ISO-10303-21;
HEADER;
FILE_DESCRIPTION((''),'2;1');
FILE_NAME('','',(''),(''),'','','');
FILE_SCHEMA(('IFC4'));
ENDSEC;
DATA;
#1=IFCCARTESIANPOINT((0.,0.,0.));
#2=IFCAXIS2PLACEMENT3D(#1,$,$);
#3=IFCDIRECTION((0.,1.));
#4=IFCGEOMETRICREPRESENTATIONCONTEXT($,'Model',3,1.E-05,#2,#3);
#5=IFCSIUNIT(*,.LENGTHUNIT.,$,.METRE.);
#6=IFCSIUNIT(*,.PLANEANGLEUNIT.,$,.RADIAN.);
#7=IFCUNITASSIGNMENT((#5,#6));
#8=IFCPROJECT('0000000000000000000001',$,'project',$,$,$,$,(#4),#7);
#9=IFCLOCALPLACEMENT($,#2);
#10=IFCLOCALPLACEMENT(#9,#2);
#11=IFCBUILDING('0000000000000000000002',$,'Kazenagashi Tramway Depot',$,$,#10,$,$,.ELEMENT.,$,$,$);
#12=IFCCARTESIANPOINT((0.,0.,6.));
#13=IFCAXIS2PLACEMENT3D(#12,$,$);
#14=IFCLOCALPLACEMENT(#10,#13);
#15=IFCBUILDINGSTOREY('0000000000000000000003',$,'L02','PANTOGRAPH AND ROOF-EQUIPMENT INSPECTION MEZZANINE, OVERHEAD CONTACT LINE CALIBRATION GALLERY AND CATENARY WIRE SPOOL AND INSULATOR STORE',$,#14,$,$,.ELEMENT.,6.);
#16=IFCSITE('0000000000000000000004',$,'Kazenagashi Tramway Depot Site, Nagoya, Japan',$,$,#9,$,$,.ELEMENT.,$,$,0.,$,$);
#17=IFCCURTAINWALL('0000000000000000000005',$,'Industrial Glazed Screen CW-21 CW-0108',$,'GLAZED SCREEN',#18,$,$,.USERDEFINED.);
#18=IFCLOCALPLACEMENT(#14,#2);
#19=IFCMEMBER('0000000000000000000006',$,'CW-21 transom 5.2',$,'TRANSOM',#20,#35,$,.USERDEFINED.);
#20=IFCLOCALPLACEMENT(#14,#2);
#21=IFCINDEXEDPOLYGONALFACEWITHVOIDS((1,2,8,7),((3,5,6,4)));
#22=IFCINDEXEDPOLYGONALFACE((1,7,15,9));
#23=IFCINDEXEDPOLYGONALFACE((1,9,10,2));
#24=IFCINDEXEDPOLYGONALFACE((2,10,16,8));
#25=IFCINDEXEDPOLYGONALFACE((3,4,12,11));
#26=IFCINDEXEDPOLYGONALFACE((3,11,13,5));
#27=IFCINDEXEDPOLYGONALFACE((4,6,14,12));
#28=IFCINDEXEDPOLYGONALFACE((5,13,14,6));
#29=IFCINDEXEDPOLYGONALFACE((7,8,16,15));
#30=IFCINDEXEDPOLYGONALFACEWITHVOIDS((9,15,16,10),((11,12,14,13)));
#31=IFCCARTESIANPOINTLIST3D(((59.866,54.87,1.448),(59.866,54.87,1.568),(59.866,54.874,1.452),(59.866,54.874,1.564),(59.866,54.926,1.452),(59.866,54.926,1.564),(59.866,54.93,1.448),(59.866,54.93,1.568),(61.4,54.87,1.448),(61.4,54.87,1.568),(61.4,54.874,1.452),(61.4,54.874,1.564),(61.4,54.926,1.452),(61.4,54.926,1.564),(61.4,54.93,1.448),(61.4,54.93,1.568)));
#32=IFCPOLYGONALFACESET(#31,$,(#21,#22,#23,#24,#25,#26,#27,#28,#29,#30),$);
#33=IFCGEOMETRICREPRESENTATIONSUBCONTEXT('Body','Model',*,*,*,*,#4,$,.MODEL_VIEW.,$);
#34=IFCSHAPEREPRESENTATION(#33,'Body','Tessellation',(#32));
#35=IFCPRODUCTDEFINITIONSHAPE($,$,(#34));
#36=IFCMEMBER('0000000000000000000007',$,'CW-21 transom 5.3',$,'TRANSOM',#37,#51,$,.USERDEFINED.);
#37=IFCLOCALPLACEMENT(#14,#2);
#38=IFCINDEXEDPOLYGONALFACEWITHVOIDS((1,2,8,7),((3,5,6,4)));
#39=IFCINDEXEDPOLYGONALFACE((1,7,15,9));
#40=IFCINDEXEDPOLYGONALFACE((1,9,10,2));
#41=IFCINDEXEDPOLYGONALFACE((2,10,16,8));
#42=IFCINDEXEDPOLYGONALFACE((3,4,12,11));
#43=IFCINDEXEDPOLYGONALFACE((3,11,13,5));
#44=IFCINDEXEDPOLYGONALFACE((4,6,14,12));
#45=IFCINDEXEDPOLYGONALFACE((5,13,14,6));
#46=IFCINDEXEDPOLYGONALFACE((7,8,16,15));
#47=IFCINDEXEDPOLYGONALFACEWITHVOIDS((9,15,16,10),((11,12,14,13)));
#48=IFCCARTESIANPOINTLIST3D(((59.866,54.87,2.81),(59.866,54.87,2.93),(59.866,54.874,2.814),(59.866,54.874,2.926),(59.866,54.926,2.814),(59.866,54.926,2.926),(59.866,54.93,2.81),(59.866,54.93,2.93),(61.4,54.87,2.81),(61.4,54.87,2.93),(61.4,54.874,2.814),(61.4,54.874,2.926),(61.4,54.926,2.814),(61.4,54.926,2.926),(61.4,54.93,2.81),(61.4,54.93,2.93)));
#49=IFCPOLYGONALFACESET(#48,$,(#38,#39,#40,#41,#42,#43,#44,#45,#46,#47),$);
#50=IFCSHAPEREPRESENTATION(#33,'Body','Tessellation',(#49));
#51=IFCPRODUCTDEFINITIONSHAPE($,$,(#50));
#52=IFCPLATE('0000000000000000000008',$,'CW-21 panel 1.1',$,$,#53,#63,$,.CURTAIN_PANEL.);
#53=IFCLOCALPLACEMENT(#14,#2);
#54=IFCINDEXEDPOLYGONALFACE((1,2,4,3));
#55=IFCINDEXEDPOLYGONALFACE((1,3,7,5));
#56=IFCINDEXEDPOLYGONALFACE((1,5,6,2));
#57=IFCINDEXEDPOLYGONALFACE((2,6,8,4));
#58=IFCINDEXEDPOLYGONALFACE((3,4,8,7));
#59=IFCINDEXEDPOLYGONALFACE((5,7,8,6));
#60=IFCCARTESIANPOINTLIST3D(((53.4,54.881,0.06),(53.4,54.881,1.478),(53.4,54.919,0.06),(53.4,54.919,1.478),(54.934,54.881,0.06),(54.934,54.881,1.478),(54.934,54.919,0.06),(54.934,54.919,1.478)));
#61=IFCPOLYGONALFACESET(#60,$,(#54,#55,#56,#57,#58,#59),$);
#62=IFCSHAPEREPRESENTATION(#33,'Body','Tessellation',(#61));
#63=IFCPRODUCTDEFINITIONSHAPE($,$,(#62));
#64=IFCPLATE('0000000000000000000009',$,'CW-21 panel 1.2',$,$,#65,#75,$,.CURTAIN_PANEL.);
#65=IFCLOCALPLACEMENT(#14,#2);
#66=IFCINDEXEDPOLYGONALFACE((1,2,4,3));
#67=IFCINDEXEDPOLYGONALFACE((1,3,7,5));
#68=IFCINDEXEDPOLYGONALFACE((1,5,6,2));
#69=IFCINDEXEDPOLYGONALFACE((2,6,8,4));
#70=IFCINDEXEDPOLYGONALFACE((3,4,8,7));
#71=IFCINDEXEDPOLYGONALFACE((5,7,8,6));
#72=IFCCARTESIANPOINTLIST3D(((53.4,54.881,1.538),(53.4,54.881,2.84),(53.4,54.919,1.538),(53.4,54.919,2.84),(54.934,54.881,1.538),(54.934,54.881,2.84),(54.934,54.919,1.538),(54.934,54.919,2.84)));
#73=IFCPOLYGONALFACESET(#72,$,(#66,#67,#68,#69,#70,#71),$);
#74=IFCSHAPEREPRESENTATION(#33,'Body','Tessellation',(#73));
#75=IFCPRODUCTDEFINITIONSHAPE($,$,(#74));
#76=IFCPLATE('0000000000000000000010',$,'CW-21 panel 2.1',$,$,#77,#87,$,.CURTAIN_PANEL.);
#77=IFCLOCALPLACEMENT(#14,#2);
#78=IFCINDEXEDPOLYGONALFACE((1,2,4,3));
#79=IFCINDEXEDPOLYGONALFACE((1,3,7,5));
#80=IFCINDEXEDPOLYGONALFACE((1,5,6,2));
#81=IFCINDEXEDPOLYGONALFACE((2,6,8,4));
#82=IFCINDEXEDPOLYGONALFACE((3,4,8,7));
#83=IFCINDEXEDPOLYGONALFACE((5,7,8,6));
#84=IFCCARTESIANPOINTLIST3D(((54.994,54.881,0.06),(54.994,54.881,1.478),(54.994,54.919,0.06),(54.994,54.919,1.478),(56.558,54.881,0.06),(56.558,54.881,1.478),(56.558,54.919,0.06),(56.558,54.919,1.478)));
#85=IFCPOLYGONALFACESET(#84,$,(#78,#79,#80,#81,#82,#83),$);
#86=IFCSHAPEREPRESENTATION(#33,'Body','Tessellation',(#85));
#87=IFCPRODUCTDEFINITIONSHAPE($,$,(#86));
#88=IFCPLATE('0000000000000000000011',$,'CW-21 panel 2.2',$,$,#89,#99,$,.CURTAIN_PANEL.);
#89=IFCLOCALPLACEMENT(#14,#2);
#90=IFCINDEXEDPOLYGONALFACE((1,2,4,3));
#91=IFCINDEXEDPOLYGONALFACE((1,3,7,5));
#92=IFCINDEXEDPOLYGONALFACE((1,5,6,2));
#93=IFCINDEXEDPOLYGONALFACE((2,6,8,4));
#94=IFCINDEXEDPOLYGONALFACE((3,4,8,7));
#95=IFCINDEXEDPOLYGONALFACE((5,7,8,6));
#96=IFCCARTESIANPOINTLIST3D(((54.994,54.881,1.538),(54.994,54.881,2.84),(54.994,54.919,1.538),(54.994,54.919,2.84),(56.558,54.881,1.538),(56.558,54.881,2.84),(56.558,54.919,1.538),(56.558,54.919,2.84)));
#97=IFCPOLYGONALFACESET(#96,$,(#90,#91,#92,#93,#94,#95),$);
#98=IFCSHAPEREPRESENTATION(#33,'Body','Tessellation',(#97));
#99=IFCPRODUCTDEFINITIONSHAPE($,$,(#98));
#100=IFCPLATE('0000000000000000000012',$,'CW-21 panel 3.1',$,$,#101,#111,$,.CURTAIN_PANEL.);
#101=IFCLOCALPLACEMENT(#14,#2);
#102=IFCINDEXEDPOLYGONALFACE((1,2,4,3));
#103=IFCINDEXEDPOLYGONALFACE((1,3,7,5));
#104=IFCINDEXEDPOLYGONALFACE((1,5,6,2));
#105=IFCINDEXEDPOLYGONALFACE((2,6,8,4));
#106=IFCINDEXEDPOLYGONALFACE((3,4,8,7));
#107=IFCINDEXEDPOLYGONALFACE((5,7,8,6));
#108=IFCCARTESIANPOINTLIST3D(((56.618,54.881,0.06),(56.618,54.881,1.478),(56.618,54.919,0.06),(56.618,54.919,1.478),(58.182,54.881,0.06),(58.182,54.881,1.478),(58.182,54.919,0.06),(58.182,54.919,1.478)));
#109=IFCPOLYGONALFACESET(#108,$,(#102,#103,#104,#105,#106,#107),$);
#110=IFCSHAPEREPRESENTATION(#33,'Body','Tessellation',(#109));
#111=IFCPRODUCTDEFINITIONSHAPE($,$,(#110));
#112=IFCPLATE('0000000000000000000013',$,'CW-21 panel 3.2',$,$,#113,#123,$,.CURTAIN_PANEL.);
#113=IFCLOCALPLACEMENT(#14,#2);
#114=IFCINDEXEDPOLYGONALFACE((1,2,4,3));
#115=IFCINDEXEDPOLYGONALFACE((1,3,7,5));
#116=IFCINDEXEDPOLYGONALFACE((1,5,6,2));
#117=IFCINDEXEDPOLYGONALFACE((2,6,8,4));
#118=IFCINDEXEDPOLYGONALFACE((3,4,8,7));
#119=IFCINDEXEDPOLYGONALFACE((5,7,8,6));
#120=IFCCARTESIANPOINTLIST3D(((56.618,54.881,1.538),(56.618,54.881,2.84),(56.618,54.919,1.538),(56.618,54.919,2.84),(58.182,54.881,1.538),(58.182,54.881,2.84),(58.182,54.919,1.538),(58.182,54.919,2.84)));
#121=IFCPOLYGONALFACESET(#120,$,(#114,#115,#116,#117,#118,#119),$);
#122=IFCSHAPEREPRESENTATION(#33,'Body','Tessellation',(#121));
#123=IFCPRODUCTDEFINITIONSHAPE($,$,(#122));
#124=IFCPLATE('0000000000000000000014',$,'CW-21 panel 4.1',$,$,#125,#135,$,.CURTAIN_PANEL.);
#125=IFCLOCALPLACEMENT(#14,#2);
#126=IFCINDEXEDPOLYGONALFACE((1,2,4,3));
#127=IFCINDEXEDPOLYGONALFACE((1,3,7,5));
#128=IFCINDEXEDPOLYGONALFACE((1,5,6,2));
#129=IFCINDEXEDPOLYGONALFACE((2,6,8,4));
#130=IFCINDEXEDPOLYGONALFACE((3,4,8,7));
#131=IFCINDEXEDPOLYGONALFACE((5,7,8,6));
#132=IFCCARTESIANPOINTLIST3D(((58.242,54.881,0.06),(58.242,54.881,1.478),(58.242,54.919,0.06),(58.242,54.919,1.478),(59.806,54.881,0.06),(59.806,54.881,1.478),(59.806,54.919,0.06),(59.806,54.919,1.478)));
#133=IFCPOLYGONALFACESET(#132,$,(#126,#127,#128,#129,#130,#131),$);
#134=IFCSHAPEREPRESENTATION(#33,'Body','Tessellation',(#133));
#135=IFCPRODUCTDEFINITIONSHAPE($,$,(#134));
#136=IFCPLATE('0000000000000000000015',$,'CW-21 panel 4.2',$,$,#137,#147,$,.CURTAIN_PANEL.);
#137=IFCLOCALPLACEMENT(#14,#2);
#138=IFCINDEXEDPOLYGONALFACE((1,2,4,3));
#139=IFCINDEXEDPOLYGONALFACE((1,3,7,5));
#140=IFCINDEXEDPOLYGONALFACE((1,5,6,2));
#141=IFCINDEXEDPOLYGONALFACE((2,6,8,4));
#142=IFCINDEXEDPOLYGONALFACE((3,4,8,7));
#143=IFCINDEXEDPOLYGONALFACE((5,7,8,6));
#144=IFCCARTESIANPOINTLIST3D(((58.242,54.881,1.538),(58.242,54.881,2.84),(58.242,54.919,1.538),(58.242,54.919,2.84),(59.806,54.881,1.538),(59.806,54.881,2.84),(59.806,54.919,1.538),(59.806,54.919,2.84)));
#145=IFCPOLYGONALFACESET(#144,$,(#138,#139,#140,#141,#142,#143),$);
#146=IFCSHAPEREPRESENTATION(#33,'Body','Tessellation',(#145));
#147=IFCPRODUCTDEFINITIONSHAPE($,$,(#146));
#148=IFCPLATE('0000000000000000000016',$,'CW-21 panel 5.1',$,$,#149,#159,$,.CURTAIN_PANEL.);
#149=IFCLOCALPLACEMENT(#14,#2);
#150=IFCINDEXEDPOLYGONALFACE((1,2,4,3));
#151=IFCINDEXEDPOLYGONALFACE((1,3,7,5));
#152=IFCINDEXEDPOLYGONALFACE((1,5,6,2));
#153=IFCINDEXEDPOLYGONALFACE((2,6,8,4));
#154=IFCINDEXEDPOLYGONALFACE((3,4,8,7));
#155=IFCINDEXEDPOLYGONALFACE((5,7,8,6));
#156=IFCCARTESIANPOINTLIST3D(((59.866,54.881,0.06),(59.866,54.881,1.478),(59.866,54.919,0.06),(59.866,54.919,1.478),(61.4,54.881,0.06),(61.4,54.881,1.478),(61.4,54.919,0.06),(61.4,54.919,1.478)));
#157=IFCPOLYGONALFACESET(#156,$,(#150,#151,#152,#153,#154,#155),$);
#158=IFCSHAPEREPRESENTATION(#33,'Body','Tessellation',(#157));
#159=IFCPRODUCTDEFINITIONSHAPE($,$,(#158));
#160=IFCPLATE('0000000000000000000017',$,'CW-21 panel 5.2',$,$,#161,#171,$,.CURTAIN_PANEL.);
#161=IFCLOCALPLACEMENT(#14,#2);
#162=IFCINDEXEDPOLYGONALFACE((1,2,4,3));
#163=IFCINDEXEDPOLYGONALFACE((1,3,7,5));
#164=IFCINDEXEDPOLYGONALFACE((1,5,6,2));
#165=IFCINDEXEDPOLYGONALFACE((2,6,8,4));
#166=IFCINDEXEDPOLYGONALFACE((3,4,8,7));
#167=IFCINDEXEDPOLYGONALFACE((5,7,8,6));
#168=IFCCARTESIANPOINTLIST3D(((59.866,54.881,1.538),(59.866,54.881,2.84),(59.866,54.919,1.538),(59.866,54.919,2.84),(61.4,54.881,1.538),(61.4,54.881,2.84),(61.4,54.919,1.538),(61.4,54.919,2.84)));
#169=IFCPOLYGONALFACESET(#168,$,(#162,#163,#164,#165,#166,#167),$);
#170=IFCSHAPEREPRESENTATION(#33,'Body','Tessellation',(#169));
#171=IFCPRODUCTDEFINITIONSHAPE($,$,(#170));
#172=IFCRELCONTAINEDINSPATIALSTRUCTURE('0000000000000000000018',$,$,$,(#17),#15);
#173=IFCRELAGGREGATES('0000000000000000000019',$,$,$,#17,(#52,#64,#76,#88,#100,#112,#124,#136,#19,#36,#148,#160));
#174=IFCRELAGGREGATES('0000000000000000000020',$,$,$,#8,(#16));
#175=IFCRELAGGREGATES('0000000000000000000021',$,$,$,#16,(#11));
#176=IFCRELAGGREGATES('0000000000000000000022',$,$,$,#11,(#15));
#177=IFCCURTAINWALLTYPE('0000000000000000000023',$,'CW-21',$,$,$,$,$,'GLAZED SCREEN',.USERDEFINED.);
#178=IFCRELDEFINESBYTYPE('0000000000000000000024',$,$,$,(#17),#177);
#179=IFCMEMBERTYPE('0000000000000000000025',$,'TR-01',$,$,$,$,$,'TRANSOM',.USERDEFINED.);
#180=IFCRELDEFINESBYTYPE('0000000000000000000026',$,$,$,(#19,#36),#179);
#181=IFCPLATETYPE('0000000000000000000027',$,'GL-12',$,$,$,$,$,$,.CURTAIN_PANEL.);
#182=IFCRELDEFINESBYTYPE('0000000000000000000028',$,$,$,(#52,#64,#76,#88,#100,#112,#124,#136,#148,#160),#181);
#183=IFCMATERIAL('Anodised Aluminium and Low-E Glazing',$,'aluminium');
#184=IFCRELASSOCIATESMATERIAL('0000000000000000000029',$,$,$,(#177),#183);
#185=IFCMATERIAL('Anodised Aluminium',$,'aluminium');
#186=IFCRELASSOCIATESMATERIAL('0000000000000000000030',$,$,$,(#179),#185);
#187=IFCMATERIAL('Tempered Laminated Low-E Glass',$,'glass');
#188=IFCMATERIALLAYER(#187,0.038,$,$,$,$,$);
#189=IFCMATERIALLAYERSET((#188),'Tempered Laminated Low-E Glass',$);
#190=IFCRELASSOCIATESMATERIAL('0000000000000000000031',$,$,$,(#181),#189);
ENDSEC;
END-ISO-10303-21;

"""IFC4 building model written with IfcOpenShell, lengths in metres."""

from ifc_helpers import new_model, si_unit, direction, frame, origin, origin_2d, place, context, subcontext, project, spatial, rectangle, hollow_rectangle, extrude, material, layer, layer_set, material_profile, profile_set, type_object, element, aggregate, save


model = new_model("IFC4")

# Units and contexts
model_context = context("Model", 3, precision=1e-05, world=origin(), true_north=direction((0.0, 1.0)))
body_context = subcontext(model_context, "Body", "Model", "MODEL_VIEW")
ifc_project = project(units=[si_unit("LENGTHUNIT", "METRE"), si_unit("PLANEANGLEUNIT", "RADIAN")], contexts=[model_context])

# Site, building, storey
site_placement = place(None, origin())
site = spatial("IfcSite", under=ifc_project, at=site_placement, Name="Kazenagashi Tramway Depot Site, Nagoya, Japan", CompositionType="ELEMENT", RefElevation=0.0)
building_placement = place(site_placement, origin())
building = spatial("IfcBuilding", under=site, at=building_placement, Name="Kazenagashi Tramway Depot", CompositionType="ELEMENT")
storey_placement = place(building_placement, frame((0.0, 0.0, 6.0)))
storey = spatial("IfcBuildingStorey", under=building, at=storey_placement, Name="L02", Description="PANTOGRAPH AND ROOF-EQUIPMENT INSPECTION MEZZANINE, OVERHEAD CONTACT LINE CALIBRATION GALLERY AND CATENARY WIRE SPOOL AND INSULATOR STORE", CompositionType="ELEMENT", Elevation=6.0)

# Curtain wall, members, plates
ifc_material_1 = material(Name="Anodised Aluminium and Low-E Glazing", Category="aluminium")
curtain_wall_type = type_object("IfcCurtainWallType", Name="CW-21", ElementType="GLAZED SCREEN", PredefinedType="USERDEFINED", material=ifc_material_1)
curtain_wall_placement = place(storey_placement, origin())
curtain_wall = element("IfcCurtainWall", 1, at=curtain_wall_placement, inside=storey, type_object=curtain_wall_type, Name="Industrial Glazed Screen CW-21 CW-0108", ObjectType="GLAZED SCREEN", PredefinedType="USERDEFINED")
ifc_material_2 = material(Name="Anodised Aluminium", Category="aluminium")
ifc_material_profile_1 = material_profile(ifc_material_2, hollow_rectangle(XDim=0.06, YDim=0.12, WallThickness=0.004, at=origin_2d()), Name="RHS-120x60x4")
ifc_profile_set_1 = profile_set([ifc_material_profile_1], Name="Anodised Aluminium")
member_type_1 = type_object("IfcMemberType", Name="TR-01", ElementType="TRANSOM", PredefinedType="USERDEFINED", material=ifc_profile_set_1)
member_1_placement = place(storey_placement, frame((59.866, 54.9, 1.508), z_axis=(1.0, 0.0, 0.0), x_axis=(0.0, 1.0, 0.0)))
member_1 = element("IfcMember", 2, at=member_1_placement, type_object=member_type_1, Name="CW-21 transom 5.2", ObjectType="TRANSOM", PredefinedType="USERDEFINED", context=body_context, shape_type="SweptSolid", body=[
    extrude(hollow_rectangle(XDim=0.06, YDim=0.12, WallThickness=0.004, at=origin_2d()), origin(), (0.0, 0.0, 1.0), 1.534),
])
member_2_placement = place(storey_placement, frame((59.866, 54.9, 2.87), z_axis=(1.0, 0.0, 0.0), x_axis=(0.0, 1.0, 0.0)))
member_2 = element("IfcMember", 3, at=member_2_placement, type_object=member_type_1, Name="CW-21 transom 5.3", ObjectType="TRANSOM", PredefinedType="USERDEFINED", context=body_context, shape_type="SweptSolid", body=[
    extrude(hollow_rectangle(XDim=0.06, YDim=0.12, WallThickness=0.004, at=origin_2d()), origin(), (0.0, 0.0, 1.0), 1.534),
])
ifc_material_3 = material(Name="Tempered Laminated Low-E Glass", Category="glass")
ifc_layer_1 = layer(ifc_material_3, 0.038)
ifc_layer_set_1 = layer_set([ifc_layer_1], Name="Tempered Laminated Low-E Glass")
plate_type = type_object("IfcPlateType", Name="GL-12", PredefinedType="CURTAIN_PANEL", material=ifc_layer_set_1)
plate_1_placement = place(storey_placement, frame((54.167, 54.9, 0.06), z_axis=(0.0, 0.0, 1.0), x_axis=(1.0, 0.0, 0.0)))
plate_1 = element("IfcPlate", 4, at=plate_1_placement, type_object=plate_type, Name="CW-21 panel 1.1", PredefinedType="CURTAIN_PANEL", context=body_context, shape_type="SweptSolid", body=[
    extrude(rectangle(XDim=1.534, YDim=0.038, at=origin_2d()), origin(), (0.0, 0.0, 1.0), 1.418),
])
plate_2_placement = place(storey_placement, frame((54.167, 54.9, 1.538), z_axis=(0.0, 0.0, 1.0), x_axis=(1.0, 0.0, 0.0)))
plate_2 = element("IfcPlate", 5, at=plate_2_placement, type_object=plate_type, Name="CW-21 panel 1.2", PredefinedType="CURTAIN_PANEL", context=body_context, shape_type="SweptSolid", body=[
    extrude(rectangle(XDim=1.534, YDim=0.038, at=origin_2d()), origin(), (0.0, 0.0, 1.0), 1.302),
])
plate_3_placement = place(storey_placement, frame((55.776, 54.9, 0.06), z_axis=(0.0, 0.0, 1.0), x_axis=(1.0, 0.0, 0.0)))
plate_3 = element("IfcPlate", 6, at=plate_3_placement, type_object=plate_type, Name="CW-21 panel 2.1", PredefinedType="CURTAIN_PANEL", context=body_context, shape_type="SweptSolid", body=[
    extrude(rectangle(XDim=1.564, YDim=0.038, at=origin_2d()), origin(), (0.0, 0.0, 1.0), 1.418),
])
plate_4_placement = place(storey_placement, frame((55.776, 54.9, 1.538), z_axis=(0.0, 0.0, 1.0), x_axis=(1.0, 0.0, 0.0)))
plate_4 = element("IfcPlate", 7, at=plate_4_placement, type_object=plate_type, Name="CW-21 panel 2.2", PredefinedType="CURTAIN_PANEL", context=body_context, shape_type="SweptSolid", body=[
    extrude(rectangle(XDim=1.564, YDim=0.038, at=origin_2d()), origin(), (0.0, 0.0, 1.0), 1.302),
])
plate_5_placement = place(storey_placement, frame((57.4, 54.9, 0.06), z_axis=(0.0, 0.0, 1.0), x_axis=(1.0, 0.0, 0.0)))
plate_5 = element("IfcPlate", 8, at=plate_5_placement, type_object=plate_type, Name="CW-21 panel 3.1", PredefinedType="CURTAIN_PANEL", context=body_context, shape_type="SweptSolid", body=[
    extrude(rectangle(XDim=1.564, YDim=0.038, at=origin_2d()), origin(), (0.0, 0.0, 1.0), 1.418),
])
plate_6_placement = place(storey_placement, frame((57.4, 54.9, 1.538), z_axis=(0.0, 0.0, 1.0), x_axis=(1.0, 0.0, 0.0)))
plate_6 = element("IfcPlate", 9, at=plate_6_placement, type_object=plate_type, Name="CW-21 panel 3.2", PredefinedType="CURTAIN_PANEL", context=body_context, shape_type="SweptSolid", body=[
    extrude(rectangle(XDim=1.564, YDim=0.038, at=origin_2d()), origin(), (0.0, 0.0, 1.0), 1.302),
])
plate_7_placement = place(storey_placement, frame((59.024, 54.9, 0.06), z_axis=(0.0, 0.0, 1.0), x_axis=(1.0, 0.0, 0.0)))
plate_7 = element("IfcPlate", 10, at=plate_7_placement, type_object=plate_type, Name="CW-21 panel 4.1", PredefinedType="CURTAIN_PANEL", context=body_context, shape_type="SweptSolid", body=[
    extrude(rectangle(XDim=1.564, YDim=0.038, at=origin_2d()), origin(), (0.0, 0.0, 1.0), 1.418),
])
plate_8_placement = place(storey_placement, frame((59.024, 54.9, 1.538), z_axis=(0.0, 0.0, 1.0), x_axis=(1.0, 0.0, 0.0)))
plate_8 = element("IfcPlate", 11, at=plate_8_placement, type_object=plate_type, Name="CW-21 panel 4.2", PredefinedType="CURTAIN_PANEL", context=body_context, shape_type="SweptSolid", body=[
    extrude(rectangle(XDim=1.564, YDim=0.038, at=origin_2d()), origin(), (0.0, 0.0, 1.0), 1.302),
])
plate_9_placement = place(storey_placement, frame((60.633, 54.9, 0.06), z_axis=(0.0, 0.0, 1.0), x_axis=(1.0, 0.0, 0.0)))
plate_9 = element("IfcPlate", 12, at=plate_9_placement, type_object=plate_type, Name="CW-21 panel 5.1", PredefinedType="CURTAIN_PANEL", context=body_context, shape_type="SweptSolid", body=[
    extrude(rectangle(XDim=1.534, YDim=0.038, at=origin_2d()), origin(), (0.0, 0.0, 1.0), 1.418),
])
plate_10_placement = place(storey_placement, frame((60.633, 54.9, 1.538), z_axis=(0.0, 0.0, 1.0), x_axis=(1.0, 0.0, 0.0)))
plate_10 = element("IfcPlate", 13, at=plate_10_placement, type_object=plate_type, Name="CW-21 panel 5.2", PredefinedType="CURTAIN_PANEL", context=body_context, shape_type="SweptSolid", body=[
    extrude(rectangle(XDim=1.534, YDim=0.038, at=origin_2d()), origin(), (0.0, 0.0, 1.0), 1.302),
])
aggregate(curtain_wall, [plate_1, plate_2, plate_3, plate_4, plate_5, plate_6, plate_7, plate_8, member_1, member_2, plate_9, plate_10])

save(model, "model.ifc")
